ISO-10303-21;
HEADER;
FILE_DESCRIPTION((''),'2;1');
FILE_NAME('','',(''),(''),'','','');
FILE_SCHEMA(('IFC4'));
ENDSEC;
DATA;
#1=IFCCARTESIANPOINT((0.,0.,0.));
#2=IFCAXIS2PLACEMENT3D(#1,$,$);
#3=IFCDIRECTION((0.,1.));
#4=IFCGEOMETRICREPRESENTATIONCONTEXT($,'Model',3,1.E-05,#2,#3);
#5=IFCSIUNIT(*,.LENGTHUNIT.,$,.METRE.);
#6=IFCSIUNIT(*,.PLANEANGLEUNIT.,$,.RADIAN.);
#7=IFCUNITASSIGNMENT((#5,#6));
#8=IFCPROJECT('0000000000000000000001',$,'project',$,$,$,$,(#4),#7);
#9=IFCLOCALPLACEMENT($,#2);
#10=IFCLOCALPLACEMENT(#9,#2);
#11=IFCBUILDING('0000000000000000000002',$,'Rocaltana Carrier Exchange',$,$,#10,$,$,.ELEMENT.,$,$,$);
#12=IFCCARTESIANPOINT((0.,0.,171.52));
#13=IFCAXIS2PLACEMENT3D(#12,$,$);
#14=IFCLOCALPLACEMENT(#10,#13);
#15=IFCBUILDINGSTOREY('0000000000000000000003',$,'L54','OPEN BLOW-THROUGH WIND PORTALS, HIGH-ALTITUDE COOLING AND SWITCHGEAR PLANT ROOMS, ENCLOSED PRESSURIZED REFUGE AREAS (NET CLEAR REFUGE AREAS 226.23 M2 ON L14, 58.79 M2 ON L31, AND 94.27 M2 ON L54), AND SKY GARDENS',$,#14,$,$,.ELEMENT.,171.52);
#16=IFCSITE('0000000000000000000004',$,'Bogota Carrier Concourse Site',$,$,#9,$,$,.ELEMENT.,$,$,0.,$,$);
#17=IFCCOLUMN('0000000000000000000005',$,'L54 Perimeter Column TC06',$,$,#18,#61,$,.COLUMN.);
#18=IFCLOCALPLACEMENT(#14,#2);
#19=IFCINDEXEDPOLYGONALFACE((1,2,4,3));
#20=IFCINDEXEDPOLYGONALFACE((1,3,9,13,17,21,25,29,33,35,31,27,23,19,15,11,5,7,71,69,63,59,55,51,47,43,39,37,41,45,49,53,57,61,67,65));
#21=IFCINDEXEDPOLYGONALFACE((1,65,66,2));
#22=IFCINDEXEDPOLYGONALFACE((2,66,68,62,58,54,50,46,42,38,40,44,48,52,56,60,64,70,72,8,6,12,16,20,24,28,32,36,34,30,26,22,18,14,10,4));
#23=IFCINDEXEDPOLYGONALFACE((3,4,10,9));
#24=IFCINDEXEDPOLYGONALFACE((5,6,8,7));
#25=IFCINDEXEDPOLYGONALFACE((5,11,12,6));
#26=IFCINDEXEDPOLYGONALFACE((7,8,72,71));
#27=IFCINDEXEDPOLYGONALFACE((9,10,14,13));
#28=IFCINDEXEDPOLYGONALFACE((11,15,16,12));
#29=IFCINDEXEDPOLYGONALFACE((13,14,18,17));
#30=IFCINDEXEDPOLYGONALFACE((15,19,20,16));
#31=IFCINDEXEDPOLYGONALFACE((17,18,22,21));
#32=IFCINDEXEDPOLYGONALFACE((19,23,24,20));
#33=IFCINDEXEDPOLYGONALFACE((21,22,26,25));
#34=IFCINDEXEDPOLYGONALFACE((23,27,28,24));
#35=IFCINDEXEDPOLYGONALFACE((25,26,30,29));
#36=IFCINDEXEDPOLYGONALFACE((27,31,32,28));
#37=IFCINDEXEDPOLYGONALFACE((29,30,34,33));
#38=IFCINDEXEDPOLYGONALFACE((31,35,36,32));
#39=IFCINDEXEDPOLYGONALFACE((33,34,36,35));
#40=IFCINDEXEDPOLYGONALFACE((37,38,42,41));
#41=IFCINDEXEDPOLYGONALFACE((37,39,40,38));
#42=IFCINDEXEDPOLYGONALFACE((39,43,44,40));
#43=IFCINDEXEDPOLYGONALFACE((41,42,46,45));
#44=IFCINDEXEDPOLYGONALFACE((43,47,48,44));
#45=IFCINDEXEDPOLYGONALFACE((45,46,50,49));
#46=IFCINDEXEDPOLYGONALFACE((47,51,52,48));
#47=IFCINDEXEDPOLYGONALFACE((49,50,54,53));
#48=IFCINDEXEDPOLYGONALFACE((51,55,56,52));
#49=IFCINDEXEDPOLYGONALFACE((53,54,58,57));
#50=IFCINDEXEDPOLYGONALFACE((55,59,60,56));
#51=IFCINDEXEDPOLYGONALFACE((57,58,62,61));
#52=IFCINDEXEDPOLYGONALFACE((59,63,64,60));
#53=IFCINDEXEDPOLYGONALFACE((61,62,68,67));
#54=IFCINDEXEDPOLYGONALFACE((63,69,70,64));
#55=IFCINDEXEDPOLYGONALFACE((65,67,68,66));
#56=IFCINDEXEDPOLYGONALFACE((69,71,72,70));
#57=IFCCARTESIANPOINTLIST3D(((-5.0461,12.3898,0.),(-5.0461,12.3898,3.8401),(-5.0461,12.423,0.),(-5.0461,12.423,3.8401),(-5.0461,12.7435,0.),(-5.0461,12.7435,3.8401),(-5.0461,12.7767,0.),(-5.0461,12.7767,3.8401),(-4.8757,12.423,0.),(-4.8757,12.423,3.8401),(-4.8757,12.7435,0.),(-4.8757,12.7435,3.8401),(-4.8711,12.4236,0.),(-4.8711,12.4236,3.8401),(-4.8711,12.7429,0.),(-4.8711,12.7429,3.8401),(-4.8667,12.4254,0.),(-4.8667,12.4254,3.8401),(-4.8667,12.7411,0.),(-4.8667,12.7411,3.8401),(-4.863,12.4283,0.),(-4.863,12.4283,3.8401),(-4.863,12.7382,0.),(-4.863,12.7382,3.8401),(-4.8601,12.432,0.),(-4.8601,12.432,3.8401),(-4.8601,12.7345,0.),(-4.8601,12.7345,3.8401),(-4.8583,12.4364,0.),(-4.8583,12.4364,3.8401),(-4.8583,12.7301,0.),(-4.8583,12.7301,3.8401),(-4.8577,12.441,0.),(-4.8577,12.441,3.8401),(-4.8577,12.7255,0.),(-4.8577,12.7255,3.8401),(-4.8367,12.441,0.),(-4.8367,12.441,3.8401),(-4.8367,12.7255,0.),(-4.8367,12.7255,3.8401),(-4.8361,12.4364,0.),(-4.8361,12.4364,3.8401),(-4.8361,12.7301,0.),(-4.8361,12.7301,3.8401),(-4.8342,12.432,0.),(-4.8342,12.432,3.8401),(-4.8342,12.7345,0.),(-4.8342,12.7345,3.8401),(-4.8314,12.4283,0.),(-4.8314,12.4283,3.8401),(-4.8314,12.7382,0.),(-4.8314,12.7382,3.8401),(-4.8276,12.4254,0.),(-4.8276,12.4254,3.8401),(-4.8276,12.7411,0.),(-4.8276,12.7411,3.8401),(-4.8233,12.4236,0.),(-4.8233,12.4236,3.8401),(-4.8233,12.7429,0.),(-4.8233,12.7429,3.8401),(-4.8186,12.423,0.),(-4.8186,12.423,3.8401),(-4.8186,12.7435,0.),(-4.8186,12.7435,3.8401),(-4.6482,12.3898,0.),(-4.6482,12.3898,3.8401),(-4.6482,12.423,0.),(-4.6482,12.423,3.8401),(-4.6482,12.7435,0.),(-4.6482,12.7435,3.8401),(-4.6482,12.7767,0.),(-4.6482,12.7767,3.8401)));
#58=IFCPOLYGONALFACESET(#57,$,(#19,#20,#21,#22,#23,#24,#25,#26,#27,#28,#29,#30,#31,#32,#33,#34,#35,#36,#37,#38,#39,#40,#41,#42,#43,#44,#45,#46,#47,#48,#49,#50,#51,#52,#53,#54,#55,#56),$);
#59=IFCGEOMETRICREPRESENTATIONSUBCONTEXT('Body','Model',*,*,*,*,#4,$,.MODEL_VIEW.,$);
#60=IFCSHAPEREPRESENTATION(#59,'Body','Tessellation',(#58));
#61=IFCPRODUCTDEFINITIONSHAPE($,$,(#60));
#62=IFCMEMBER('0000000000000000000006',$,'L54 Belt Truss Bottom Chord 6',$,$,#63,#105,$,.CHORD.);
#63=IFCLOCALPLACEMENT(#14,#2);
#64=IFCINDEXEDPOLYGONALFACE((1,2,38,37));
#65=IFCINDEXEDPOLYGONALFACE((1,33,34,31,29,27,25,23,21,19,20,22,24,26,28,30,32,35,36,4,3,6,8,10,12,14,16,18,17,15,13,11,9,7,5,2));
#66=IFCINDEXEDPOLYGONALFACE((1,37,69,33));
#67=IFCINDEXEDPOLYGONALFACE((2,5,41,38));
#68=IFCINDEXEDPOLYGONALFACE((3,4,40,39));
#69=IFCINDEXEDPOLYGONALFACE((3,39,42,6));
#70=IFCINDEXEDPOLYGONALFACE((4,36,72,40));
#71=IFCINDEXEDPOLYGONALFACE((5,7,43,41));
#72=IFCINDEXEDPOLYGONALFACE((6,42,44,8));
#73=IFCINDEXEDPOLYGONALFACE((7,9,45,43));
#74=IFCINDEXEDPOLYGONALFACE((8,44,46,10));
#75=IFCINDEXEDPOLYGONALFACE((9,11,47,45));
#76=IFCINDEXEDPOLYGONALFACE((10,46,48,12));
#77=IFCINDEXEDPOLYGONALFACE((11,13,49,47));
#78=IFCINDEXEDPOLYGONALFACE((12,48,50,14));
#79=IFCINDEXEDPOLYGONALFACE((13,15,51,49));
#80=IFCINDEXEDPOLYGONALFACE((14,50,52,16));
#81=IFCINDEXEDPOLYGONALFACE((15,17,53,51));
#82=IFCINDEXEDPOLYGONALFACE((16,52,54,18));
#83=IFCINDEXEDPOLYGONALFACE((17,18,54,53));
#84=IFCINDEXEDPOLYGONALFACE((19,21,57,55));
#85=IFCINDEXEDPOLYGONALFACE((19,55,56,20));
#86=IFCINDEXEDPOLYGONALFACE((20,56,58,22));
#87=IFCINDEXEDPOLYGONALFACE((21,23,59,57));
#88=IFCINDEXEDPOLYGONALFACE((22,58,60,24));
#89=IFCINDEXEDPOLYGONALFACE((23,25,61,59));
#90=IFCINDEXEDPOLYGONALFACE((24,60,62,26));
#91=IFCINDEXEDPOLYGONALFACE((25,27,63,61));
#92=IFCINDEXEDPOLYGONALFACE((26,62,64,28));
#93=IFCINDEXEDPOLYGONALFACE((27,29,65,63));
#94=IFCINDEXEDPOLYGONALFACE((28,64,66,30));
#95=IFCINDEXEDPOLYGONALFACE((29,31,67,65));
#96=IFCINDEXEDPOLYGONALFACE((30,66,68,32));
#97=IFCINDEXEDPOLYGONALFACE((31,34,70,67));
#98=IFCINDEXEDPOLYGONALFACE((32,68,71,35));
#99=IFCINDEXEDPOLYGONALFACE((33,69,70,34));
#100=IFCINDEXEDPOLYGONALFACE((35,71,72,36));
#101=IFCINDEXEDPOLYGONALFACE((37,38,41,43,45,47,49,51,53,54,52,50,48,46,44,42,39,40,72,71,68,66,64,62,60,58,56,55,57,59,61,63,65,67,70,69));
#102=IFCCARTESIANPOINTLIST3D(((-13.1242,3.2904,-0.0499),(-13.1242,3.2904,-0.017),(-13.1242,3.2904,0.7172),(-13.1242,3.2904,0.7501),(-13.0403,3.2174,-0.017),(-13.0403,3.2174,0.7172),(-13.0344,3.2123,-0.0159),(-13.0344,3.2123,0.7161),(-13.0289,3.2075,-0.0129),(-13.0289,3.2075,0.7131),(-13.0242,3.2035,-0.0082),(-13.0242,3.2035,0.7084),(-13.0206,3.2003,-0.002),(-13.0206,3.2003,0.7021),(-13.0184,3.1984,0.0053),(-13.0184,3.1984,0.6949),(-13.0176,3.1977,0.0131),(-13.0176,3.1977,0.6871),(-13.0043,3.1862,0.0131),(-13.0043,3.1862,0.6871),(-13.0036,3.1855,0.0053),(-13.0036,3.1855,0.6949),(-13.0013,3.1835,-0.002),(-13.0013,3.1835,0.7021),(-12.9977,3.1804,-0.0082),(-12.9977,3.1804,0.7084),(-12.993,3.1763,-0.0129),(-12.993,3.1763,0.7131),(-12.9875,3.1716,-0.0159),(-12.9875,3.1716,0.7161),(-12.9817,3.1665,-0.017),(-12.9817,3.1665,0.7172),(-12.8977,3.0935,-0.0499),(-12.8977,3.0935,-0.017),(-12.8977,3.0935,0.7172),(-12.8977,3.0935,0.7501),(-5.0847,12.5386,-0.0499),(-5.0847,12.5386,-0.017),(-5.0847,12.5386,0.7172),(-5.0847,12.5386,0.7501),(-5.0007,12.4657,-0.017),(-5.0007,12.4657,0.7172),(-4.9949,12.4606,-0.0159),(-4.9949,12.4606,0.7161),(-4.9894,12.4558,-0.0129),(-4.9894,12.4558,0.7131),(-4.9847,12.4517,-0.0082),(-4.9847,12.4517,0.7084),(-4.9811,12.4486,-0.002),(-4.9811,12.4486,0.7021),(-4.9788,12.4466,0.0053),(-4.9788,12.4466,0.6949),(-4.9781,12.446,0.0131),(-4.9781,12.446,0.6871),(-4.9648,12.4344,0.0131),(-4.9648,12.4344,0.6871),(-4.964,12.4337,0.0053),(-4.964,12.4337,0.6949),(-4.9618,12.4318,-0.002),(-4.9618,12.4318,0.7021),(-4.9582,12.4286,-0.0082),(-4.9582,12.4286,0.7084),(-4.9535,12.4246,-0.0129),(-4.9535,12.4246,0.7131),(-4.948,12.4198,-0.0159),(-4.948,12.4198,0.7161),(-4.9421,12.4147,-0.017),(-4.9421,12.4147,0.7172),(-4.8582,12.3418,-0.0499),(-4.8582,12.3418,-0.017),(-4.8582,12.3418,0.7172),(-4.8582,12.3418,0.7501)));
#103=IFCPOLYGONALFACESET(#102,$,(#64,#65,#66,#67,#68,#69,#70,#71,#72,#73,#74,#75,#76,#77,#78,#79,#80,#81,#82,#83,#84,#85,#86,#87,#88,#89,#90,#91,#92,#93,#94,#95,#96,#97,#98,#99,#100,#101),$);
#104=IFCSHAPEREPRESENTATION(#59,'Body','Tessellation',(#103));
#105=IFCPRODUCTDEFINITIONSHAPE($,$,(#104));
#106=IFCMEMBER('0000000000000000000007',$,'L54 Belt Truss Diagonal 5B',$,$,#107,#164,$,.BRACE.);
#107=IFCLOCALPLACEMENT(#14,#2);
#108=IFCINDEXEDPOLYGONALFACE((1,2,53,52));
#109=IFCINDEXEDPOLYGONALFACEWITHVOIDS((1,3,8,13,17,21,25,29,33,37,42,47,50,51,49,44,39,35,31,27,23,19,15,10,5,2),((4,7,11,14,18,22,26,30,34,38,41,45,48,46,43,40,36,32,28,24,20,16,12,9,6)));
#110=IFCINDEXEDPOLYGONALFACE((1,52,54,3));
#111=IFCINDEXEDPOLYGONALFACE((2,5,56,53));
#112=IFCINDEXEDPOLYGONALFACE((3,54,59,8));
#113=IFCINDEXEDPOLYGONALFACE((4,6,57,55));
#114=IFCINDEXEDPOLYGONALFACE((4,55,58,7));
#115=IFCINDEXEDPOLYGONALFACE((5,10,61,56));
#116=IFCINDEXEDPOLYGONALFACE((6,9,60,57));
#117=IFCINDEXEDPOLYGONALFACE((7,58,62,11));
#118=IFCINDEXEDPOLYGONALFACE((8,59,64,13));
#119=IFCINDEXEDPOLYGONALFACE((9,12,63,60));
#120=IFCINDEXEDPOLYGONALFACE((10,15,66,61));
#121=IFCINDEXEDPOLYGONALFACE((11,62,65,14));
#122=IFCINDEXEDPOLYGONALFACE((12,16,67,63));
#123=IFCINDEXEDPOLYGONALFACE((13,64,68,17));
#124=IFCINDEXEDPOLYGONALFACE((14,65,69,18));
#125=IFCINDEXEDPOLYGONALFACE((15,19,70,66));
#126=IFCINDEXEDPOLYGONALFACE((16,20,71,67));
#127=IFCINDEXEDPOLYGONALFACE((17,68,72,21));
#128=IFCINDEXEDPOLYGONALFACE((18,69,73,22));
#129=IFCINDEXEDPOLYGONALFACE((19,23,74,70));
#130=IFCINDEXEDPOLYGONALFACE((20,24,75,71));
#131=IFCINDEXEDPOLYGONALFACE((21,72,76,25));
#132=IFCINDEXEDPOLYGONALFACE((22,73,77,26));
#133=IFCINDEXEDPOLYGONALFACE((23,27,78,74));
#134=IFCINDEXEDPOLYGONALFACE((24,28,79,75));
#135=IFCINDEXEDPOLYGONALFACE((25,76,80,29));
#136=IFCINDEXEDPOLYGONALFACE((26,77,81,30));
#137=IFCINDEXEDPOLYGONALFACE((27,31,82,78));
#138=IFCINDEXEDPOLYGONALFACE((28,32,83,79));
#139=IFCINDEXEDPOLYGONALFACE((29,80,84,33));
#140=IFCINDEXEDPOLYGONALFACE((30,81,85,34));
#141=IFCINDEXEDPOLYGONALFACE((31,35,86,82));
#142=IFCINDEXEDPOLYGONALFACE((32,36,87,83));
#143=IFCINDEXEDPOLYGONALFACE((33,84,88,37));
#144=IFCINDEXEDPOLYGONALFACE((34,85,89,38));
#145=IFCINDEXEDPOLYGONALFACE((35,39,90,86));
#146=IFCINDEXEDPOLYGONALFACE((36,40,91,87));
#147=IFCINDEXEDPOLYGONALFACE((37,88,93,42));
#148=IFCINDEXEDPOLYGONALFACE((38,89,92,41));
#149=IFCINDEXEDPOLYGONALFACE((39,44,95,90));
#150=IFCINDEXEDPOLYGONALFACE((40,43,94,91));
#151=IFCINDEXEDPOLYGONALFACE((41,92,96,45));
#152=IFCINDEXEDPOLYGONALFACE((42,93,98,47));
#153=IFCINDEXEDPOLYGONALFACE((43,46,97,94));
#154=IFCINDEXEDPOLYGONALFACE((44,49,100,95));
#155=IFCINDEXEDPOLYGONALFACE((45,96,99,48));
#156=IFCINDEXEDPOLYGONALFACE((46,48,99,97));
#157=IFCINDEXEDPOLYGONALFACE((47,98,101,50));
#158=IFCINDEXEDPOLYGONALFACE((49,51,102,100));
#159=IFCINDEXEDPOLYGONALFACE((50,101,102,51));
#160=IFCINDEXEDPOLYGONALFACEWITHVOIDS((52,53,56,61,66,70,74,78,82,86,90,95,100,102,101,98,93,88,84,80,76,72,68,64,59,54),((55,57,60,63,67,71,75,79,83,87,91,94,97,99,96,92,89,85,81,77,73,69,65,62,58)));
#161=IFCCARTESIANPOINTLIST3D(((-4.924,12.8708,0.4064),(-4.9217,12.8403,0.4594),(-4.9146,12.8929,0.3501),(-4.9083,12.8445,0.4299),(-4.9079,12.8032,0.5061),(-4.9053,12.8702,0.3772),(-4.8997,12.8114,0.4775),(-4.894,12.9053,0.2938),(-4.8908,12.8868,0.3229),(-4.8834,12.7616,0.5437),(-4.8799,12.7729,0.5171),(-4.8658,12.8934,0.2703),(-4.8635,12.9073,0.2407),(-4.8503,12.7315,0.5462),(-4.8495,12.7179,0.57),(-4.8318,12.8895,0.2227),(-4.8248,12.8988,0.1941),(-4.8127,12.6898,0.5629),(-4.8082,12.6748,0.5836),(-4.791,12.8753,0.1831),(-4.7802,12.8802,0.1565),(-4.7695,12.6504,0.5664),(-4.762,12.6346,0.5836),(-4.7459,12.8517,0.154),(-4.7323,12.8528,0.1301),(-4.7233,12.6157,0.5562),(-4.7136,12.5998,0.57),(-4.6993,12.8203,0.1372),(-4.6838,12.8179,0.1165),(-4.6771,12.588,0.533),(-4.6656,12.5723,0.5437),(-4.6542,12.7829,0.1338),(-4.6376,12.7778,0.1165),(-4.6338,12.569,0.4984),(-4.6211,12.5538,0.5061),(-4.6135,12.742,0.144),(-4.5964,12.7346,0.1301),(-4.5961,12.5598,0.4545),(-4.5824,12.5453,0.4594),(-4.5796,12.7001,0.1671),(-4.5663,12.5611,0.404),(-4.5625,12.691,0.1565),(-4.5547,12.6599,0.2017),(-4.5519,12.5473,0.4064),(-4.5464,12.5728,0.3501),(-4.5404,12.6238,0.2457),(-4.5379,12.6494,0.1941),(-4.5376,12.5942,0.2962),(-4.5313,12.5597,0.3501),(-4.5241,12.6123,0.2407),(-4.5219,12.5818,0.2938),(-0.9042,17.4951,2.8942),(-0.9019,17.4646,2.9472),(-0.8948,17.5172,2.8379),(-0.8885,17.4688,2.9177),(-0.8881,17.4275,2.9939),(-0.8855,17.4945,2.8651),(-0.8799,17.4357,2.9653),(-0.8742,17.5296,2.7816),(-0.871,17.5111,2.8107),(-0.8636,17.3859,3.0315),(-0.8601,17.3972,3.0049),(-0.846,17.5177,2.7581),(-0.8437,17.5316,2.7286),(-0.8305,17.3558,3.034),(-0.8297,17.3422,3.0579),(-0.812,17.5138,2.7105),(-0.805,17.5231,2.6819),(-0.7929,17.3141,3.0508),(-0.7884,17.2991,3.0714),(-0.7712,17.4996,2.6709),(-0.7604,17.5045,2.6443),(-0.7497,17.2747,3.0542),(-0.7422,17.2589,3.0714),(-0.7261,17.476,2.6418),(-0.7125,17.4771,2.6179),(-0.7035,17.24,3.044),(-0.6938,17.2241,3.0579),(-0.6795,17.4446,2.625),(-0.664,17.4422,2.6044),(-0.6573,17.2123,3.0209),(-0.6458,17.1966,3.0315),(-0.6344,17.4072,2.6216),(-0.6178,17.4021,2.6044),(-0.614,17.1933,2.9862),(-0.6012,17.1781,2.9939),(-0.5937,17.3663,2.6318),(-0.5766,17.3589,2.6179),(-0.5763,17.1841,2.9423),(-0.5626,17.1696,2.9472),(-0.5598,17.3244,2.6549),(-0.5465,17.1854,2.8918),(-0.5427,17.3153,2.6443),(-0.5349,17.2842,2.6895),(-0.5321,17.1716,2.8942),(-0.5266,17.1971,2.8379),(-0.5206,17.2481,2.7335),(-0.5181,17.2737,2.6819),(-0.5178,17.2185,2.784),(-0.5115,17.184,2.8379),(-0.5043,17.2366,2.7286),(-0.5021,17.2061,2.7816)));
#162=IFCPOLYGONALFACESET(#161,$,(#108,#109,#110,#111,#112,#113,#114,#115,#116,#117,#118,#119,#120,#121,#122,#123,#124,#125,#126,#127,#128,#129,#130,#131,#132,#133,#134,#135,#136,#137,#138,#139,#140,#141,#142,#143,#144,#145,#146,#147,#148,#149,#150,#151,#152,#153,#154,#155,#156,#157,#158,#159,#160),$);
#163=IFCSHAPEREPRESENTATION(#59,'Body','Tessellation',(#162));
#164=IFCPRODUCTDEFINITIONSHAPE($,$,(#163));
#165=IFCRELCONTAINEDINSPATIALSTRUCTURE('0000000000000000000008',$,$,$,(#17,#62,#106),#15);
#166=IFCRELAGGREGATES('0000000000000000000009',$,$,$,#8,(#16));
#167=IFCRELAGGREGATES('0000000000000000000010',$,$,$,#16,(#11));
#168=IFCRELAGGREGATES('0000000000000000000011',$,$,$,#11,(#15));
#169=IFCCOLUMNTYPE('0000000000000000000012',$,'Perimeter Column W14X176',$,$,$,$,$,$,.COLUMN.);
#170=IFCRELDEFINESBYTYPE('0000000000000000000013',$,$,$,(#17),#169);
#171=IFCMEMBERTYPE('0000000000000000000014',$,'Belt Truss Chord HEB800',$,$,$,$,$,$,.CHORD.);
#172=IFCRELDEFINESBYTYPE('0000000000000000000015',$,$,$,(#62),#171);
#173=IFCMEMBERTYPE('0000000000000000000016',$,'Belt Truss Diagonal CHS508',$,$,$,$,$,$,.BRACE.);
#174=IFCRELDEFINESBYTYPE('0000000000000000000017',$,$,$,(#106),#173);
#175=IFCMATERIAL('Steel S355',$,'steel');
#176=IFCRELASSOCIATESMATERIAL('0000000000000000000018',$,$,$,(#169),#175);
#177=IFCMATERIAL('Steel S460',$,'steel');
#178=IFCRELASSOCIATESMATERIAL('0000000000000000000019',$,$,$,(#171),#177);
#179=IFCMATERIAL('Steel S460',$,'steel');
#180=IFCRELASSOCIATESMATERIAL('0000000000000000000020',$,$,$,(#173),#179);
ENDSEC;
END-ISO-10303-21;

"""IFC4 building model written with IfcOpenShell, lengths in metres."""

from ifc_helpers import new_model, si_unit, direction, frame, origin, origin_2d, place, context, subcontext, project, spatial, hollow_circle, i_section, extrude, material, material_profile, profile_set, type_object, element, save


model = new_model("IFC4")

# Units and contexts
model_context = context("Model", 3, precision=1e-05, world=origin(), true_north=direction((0.0, 1.0)))
body_context = subcontext(model_context, "Body", "Model", "MODEL_VIEW")
ifc_project = project(units=[si_unit("LENGTHUNIT", "METRE"), si_unit("PLANEANGLEUNIT", "RADIAN")], contexts=[model_context])

# Site, building, storey
site_placement = place(None, origin())
site = spatial("IfcSite", under=ifc_project, at=site_placement, Name="Bogota Carrier Concourse Site", CompositionType="ELEMENT", RefElevation=0.0)
building_placement = place(site_placement, origin())
building = spatial("IfcBuilding", under=site, at=building_placement, Name="Rocaltana Carrier Exchange", CompositionType="ELEMENT")
storey_placement = place(building_placement, frame((0.0, 0.0, 171.52)))
storey = spatial("IfcBuildingStorey", under=building, at=storey_placement, Name="L54", Description="OPEN BLOW-THROUGH WIND PORTALS, HIGH-ALTITUDE COOLING AND SWITCHGEAR PLANT ROOMS, ENCLOSED PRESSURIZED REFUGE AREAS (NET CLEAR REFUGE AREAS 226.23 M2 ON L14, 58.79 M2 ON L31, AND 94.27 M2 ON L54), AND SKY GARDENS", CompositionType="ELEMENT", Elevation=171.52)

# Column
ifc_material_1 = material(Name="Steel S355", Category="steel")
ifc_material_profile_1 = material_profile(ifc_material_1, i_section(OverallWidth=0.3979, OverallDepth=0.387, WebThickness=0.021, FlangeThickness=0.0332, FilletRadius=0.0181, at=origin_2d()), Name="W14X176")
ifc_profile_set_1 = profile_set([ifc_material_profile_1], Name="Steel S355")
column_type = type_object("IfcColumnType", Name="Perimeter Column W14X176", PredefinedType="COLUMN", material=ifc_profile_set_1)
column_placement = place(storey_placement, frame((-4.8472, 12.5833, 0.0), z_axis=(0.0, 0.0, 1.0), x_axis=(1.0, 0.0, 0.0)))
element("IfcColumn", 1, at=column_placement, inside=storey, type_object=column_type, Name="L54 Perimeter Column TC06", PredefinedType="COLUMN", context=body_context, shape_type="SweptSolid", body=[
    extrude(i_section(OverallWidth=0.3979, OverallDepth=0.387, WebThickness=0.021, FlangeThickness=0.0332, FilletRadius=0.0181, at=origin_2d()), origin(), (0.0, 0.0, 1.0), 3.8401),
])

# Members
ifc_material_2 = material(Name="Steel S460", Category="steel")
ifc_material_profile_2 = material_profile(ifc_material_2, i_section(OverallWidth=0.3, OverallDepth=0.8, WebThickness=0.0176, FlangeThickness=0.033, FilletRadius=0.03, at=origin_2d()), Name="HEB800")
ifc_profile_set_2 = profile_set([ifc_material_profile_2], Name="Steel S460")
member_type_1 = type_object("IfcMemberType", Name="Belt Truss Chord HEB800", PredefinedType="CHORD", material=ifc_profile_set_2)
member_1_placement = place(storey_placement, frame((-4.9714, 12.4402, 0.3501), z_axis=(-0.656065, -0.754704, 0.0), x_axis=(0.754704, -0.656065, 0.0)))
element("IfcMember", 2, at=member_1_placement, inside=storey, type_object=member_type_1, Name="L54 Belt Truss Bottom Chord 6", PredefinedType="CHORD", context=body_context, shape_type="SweptSolid", body=[
    extrude(i_section(OverallWidth=0.3, OverallDepth=0.8, WebThickness=0.0176, FlangeThickness=0.033, FilletRadius=0.03, at=origin_2d()), origin(), (0.0, 0.0, 1.0), 12.2542),
])
ifc_material_3 = material(Name="Steel S460", Category="steel")
ifc_material_profile_3 = material_profile(ifc_material_3, hollow_circle(Radius=0.2539, WallThickness=0.02, at=origin_2d()), Name="CHS508X20")
ifc_profile_set_3 = profile_set([ifc_material_profile_3], Name="Steel S460")
member_type_2 = type_object("IfcMemberType", Name="Belt Truss Diagonal CHS508", PredefinedType="BRACE", material=ifc_profile_set_3)
for number, where, z_axis, x_axis, name in (
    (3, (-0.7031, 17.3506, 2.8379), (-0.607861, -0.699271, -0.376198), (0.754713, -0.656055, 0.0), "L54 Belt Truss Diagonal 5B"),
):
    element("IfcMember", number, at=place(storey_placement, frame(where, z_axis=z_axis, x_axis=x_axis)), inside=storey, type_object=member_type_2, Name=name, PredefinedType="BRACE", context=body_context, shape_type="SweptSolid", body=[
        extrude(hollow_circle(Radius=0.2539, WallThickness=0.02, at=origin_2d()), origin(), (0.0, 0.0, 1.0), 6.613),
    ])

save(model, "model.ifc")
